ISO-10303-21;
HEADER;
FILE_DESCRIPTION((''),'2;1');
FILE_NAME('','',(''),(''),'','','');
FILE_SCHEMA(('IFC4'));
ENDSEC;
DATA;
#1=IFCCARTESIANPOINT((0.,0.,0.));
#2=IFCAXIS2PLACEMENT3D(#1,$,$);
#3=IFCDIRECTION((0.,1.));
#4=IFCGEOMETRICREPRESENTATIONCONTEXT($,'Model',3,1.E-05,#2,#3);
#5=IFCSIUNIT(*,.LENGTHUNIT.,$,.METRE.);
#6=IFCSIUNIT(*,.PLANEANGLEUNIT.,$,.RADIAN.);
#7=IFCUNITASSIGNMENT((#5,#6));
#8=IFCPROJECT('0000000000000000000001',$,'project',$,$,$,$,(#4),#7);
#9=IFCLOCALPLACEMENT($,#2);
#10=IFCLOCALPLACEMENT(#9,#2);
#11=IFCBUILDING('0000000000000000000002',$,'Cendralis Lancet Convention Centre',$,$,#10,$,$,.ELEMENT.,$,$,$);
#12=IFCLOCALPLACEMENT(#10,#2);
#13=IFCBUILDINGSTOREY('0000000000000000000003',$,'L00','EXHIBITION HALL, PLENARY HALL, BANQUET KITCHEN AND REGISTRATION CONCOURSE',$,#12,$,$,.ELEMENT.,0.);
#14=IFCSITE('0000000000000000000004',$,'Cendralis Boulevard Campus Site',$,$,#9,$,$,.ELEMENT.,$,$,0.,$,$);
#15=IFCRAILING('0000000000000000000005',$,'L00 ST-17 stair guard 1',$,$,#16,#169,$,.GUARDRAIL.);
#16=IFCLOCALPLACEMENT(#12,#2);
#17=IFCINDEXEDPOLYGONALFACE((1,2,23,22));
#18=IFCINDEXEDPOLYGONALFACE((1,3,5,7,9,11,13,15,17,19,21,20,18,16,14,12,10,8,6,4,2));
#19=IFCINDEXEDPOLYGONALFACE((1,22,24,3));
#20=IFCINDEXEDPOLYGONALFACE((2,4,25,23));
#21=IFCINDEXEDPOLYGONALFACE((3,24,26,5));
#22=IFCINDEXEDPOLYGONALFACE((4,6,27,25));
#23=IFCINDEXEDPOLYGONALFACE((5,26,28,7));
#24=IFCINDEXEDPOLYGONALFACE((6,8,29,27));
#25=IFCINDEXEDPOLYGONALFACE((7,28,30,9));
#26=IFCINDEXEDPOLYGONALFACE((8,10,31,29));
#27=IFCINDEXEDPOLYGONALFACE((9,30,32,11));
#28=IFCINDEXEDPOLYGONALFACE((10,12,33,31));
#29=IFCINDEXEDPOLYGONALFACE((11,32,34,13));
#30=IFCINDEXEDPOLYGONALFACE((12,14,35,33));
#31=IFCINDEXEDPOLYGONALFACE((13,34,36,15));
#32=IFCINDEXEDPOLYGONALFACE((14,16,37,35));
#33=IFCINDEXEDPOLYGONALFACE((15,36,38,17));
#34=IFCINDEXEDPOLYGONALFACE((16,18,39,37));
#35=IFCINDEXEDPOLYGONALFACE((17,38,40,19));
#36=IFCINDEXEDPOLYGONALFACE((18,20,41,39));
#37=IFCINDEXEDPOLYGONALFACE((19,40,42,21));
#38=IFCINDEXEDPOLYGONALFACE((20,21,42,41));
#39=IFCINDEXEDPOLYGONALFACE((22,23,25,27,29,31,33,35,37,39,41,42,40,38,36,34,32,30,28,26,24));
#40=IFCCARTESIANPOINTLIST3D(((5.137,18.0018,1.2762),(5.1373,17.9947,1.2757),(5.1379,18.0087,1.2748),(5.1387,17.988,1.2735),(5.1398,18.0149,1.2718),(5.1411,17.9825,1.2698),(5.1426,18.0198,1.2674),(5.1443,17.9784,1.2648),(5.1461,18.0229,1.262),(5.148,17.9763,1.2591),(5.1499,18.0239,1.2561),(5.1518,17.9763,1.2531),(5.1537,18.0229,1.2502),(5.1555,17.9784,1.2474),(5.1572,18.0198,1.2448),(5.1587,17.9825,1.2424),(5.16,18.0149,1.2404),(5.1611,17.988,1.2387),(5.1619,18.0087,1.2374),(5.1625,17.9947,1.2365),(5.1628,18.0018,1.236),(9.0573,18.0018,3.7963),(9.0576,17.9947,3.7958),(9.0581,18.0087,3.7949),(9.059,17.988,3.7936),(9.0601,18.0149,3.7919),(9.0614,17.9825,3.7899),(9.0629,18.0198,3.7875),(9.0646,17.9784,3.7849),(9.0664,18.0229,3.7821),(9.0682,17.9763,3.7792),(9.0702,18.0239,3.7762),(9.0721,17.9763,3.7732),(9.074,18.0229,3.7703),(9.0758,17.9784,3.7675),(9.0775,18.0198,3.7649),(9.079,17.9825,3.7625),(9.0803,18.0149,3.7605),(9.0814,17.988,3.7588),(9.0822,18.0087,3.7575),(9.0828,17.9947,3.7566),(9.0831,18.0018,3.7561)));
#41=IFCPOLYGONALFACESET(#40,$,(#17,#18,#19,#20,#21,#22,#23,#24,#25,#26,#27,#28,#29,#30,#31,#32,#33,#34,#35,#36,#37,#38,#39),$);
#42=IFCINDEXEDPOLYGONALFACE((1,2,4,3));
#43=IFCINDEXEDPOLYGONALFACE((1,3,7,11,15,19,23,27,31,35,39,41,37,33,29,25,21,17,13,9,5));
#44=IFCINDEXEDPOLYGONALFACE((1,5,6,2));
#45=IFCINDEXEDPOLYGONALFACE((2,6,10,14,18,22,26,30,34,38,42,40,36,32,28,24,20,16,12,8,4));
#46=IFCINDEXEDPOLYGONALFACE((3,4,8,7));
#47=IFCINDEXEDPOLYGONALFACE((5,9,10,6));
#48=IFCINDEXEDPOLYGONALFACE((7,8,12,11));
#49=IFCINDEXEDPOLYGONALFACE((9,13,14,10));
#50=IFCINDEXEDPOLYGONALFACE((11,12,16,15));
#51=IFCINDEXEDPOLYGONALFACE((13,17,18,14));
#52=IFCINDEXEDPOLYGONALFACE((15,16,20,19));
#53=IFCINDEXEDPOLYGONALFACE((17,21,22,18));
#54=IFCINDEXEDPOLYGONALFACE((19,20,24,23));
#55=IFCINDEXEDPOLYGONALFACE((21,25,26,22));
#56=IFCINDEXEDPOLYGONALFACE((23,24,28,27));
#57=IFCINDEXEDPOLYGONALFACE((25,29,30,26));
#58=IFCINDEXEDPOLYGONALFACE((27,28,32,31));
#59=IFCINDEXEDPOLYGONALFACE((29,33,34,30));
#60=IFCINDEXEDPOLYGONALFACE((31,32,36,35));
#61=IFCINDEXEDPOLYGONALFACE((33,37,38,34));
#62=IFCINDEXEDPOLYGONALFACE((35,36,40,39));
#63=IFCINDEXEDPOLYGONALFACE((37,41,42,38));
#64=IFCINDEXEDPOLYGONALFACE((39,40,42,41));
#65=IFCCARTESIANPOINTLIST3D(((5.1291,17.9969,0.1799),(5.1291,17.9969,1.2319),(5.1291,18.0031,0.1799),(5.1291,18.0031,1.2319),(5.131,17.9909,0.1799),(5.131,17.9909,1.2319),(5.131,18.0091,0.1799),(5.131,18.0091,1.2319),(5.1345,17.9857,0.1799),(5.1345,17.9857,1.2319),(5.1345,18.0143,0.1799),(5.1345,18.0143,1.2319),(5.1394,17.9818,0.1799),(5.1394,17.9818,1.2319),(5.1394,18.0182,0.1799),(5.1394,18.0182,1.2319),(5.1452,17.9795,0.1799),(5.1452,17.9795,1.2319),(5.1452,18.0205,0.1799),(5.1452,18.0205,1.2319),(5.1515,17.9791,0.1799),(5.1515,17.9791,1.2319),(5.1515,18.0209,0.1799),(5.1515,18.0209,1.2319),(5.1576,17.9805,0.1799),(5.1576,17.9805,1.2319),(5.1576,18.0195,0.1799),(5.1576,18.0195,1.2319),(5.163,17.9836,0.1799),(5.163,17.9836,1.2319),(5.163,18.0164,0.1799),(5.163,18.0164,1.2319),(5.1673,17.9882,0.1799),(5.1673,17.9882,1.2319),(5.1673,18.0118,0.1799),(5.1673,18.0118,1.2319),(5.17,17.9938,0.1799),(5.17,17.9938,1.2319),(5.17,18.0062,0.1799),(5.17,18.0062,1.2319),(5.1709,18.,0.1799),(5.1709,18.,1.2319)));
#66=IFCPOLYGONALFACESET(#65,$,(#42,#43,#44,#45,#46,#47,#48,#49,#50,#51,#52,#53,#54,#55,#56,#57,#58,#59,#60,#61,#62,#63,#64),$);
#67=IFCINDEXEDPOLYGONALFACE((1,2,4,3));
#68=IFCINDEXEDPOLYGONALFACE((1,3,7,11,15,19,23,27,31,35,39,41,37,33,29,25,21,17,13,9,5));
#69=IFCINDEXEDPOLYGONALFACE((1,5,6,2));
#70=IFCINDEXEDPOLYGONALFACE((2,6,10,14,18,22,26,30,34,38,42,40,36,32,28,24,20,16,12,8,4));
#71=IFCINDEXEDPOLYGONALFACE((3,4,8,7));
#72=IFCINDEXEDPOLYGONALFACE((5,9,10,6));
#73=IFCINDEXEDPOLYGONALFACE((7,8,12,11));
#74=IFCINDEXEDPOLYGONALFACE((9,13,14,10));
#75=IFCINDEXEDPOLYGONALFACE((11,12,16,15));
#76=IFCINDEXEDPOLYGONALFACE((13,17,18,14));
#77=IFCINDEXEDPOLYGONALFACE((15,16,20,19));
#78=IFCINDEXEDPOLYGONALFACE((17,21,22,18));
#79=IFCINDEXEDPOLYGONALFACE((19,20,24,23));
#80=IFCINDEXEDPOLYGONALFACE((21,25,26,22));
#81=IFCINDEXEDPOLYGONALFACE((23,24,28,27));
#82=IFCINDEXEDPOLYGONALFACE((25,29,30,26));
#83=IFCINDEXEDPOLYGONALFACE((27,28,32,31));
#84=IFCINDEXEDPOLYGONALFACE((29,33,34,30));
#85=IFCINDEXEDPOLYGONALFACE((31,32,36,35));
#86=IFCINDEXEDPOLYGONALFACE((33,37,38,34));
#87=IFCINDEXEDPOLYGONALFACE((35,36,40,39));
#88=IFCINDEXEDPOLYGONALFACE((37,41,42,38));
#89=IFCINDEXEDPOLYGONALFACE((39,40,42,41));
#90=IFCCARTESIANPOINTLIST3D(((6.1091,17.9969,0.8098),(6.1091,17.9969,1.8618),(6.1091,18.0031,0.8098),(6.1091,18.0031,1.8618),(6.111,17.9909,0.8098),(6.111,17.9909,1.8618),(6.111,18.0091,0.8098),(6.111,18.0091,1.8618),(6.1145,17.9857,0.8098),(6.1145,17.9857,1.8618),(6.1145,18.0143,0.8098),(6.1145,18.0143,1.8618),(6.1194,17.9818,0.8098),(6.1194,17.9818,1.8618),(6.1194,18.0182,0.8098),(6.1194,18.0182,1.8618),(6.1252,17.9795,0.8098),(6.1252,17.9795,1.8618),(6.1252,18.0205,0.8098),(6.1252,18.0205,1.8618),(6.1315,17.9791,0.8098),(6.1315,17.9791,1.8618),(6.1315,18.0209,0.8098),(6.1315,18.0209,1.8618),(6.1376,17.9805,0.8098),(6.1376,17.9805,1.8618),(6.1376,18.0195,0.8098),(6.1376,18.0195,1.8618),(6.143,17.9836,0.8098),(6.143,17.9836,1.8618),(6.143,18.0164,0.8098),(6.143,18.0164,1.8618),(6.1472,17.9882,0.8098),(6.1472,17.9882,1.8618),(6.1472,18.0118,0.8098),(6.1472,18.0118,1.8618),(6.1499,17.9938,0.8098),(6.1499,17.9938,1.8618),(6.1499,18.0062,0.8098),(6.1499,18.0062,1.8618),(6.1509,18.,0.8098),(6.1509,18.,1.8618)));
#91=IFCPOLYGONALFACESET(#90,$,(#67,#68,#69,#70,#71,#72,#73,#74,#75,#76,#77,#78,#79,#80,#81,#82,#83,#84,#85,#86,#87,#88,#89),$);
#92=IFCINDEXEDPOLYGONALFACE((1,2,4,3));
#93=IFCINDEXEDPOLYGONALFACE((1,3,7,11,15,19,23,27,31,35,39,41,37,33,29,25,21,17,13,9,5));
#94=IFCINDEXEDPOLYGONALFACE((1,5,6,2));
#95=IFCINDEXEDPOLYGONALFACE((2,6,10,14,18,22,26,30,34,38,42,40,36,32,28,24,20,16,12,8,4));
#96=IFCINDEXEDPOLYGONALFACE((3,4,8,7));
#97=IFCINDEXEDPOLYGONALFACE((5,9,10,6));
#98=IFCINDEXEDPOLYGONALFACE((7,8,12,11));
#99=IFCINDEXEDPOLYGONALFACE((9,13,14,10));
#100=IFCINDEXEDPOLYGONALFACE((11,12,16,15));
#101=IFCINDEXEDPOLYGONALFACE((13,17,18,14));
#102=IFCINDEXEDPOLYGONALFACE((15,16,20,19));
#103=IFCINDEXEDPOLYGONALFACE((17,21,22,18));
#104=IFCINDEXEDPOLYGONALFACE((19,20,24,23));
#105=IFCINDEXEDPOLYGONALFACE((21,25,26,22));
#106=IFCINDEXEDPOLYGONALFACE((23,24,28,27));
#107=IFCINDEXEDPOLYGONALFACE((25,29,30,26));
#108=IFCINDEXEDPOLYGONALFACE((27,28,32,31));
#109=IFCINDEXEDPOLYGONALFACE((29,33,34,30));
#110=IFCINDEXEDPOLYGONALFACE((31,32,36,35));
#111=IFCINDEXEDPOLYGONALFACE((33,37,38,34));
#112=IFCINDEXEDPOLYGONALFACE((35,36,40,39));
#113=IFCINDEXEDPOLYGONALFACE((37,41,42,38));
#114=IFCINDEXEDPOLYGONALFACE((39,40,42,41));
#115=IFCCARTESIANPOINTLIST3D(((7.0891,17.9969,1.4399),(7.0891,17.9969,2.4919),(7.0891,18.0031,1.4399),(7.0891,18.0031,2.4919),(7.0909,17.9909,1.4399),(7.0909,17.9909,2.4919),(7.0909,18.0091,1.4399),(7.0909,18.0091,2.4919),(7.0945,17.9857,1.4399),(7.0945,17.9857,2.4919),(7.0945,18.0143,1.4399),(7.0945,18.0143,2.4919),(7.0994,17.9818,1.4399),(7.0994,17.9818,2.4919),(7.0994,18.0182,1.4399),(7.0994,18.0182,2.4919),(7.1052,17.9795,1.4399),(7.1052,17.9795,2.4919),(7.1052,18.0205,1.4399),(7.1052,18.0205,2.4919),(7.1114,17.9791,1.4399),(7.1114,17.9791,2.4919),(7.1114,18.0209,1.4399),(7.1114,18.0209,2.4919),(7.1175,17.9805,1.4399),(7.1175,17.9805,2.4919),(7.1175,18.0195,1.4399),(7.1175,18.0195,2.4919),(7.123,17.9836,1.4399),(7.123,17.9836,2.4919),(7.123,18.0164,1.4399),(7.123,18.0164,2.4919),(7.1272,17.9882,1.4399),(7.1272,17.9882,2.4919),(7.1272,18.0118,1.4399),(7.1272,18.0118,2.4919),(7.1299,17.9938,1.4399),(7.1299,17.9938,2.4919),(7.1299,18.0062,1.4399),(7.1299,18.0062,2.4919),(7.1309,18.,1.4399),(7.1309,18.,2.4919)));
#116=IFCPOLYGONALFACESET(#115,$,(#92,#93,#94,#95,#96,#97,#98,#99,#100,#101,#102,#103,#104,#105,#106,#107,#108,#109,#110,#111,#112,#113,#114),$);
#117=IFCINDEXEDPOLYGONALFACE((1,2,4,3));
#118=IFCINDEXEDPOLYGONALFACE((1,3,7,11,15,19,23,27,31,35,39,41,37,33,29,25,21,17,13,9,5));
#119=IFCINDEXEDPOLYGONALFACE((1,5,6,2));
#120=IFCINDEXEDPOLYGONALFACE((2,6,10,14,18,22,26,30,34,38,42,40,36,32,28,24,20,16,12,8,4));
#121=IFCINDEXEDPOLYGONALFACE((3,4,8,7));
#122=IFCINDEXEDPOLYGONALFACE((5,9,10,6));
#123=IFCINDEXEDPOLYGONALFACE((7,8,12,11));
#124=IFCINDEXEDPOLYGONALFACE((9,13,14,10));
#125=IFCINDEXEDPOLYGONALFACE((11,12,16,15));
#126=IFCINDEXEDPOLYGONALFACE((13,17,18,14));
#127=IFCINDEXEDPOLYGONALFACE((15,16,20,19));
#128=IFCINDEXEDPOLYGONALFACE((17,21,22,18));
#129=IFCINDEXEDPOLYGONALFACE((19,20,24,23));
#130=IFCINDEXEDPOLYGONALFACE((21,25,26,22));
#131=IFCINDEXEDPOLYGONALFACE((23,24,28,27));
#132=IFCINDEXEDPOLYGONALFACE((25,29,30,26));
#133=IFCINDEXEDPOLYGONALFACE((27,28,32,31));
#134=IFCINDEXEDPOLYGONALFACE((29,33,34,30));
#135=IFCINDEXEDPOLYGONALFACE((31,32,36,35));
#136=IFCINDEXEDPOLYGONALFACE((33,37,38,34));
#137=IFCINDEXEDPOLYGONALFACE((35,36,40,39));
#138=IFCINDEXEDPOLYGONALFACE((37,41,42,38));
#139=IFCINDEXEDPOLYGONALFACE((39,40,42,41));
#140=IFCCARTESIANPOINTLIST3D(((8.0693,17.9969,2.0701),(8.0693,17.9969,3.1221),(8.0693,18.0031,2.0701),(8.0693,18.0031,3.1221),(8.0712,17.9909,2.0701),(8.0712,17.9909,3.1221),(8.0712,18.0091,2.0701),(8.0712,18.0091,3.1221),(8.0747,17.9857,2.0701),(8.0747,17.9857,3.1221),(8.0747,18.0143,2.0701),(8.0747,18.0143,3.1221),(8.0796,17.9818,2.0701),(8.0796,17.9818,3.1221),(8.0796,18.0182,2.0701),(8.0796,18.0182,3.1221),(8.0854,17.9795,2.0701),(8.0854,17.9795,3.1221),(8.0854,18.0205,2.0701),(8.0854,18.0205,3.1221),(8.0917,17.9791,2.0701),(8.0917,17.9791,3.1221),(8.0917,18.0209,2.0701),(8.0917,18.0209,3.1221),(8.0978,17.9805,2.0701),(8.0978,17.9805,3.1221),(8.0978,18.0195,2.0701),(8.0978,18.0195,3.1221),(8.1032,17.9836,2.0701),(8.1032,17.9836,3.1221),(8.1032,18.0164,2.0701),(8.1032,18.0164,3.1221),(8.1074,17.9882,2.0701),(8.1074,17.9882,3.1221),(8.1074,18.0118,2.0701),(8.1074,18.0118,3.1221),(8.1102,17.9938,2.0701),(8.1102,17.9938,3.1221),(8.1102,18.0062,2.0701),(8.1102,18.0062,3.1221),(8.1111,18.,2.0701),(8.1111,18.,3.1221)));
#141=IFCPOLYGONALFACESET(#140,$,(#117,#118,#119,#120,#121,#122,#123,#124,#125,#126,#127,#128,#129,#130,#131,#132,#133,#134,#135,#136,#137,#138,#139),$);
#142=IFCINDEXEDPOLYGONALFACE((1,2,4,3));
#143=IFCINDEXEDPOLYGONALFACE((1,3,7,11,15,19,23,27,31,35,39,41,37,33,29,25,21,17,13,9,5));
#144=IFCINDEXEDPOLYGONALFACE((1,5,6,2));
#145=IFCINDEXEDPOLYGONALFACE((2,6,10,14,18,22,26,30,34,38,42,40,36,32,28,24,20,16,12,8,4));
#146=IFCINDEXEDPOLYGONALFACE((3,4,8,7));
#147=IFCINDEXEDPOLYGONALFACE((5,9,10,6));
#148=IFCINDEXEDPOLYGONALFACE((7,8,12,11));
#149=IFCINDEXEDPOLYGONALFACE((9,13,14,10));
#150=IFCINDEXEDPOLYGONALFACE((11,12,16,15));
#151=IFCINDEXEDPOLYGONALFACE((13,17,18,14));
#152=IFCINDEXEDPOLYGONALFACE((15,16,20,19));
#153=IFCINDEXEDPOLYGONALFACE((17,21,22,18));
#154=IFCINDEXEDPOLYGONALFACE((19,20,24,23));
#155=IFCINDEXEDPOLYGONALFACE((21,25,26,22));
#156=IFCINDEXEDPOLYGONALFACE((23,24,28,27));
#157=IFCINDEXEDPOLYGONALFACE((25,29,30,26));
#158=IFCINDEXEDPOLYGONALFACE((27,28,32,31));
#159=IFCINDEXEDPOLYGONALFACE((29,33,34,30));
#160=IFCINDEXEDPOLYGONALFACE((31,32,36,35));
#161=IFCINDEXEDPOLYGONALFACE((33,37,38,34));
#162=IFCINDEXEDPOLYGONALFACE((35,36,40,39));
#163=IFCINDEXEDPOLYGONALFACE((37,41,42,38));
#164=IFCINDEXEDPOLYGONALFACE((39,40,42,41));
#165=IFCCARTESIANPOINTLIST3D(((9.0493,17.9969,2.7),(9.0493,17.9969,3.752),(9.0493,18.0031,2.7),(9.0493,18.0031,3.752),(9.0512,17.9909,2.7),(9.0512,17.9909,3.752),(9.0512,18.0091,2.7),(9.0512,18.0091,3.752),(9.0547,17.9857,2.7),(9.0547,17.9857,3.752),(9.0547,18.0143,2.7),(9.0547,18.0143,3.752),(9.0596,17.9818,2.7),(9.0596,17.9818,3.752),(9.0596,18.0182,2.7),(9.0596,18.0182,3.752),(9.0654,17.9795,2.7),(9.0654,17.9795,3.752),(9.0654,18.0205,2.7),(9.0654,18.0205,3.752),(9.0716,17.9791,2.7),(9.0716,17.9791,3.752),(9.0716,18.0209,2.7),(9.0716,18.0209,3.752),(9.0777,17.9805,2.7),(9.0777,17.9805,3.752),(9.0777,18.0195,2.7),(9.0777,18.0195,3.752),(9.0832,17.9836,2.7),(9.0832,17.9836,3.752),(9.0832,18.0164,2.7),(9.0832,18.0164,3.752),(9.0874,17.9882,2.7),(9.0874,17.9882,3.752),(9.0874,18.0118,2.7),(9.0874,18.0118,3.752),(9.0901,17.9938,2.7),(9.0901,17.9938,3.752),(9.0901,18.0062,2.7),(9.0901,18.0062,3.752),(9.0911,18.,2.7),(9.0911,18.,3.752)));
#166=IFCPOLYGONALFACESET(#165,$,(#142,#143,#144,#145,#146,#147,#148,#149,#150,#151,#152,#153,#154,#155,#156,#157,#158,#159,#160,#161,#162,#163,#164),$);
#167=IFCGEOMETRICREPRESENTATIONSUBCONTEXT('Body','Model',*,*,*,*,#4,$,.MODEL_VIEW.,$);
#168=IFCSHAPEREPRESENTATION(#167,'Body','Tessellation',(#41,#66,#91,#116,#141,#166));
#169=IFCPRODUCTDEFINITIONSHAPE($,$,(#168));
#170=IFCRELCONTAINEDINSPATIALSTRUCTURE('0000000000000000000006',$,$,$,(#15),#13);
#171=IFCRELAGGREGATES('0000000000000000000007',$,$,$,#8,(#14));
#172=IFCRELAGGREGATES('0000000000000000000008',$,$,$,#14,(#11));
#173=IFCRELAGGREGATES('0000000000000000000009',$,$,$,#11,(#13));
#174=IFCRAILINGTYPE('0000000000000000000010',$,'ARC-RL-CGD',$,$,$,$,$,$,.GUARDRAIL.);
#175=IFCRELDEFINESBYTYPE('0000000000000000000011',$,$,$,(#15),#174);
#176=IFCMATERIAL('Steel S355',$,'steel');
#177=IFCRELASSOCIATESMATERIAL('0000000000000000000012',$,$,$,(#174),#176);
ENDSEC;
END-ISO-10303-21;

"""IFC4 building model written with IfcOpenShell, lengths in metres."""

from ifc_helpers import new_model, si_unit, direction, frame, origin, origin_2d, place, context, subcontext, project, spatial, circle, extrude, material, type_object, element, save


model = new_model("IFC4")

# Units and contexts
model_context = context("Model", 3, precision=1e-05, world=origin(), true_north=direction((0.0, 1.0)))
body_context = subcontext(model_context, "Body", "Model", "MODEL_VIEW")
ifc_project = project(units=[si_unit("LENGTHUNIT", "METRE"), si_unit("PLANEANGLEUNIT", "RADIAN")], contexts=[model_context])

# Site, building, storey
site_placement = place(None, origin())
site = spatial("IfcSite", under=ifc_project, at=site_placement, Name="Cendralis Boulevard Campus Site", CompositionType="ELEMENT", RefElevation=0.0)
building_placement = place(site_placement, origin())
building = spatial("IfcBuilding", under=site, at=building_placement, Name="Cendralis Lancet Convention Centre", CompositionType="ELEMENT")
storey_placement = place(building_placement, origin())
storey = spatial("IfcBuildingStorey", under=building, at=storey_placement, Name="L00", Description="EXHIBITION HALL, PLENARY HALL, BANQUET KITCHEN AND REGISTRATION CONCOURSE", CompositionType="ELEMENT", Elevation=0.0)

# Shared definitions
ifc_material_1 = material(Name="Steel S355", Category="steel")

# Railing
railing_type_1 = type_object("IfcRailingType", Name="ARC-RL-CGD", PredefinedType="GUARDRAIL", material=ifc_material_1)
railing_1_placement = place(storey_placement, frame((5.1499, 18.0, 0.1799)))
element("IfcRailing", 1, at=railing_1_placement, inside=storey, type_object=railing_type_1, Name="L00 ST-17 stair guard 1", PredefinedType="GUARDRAIL", context=body_context, shape_type="SweptSolid", body=[
    extrude(circle(Radius=0.0239, at=origin_2d()), frame((0.0, 0.0, 1.0762), z_axis=(0.841187, 0.0, 0.540744), x_axis=(0.0, 1.0, 0.0)), (0.0, 0.0, 1.0), 4.6604),
    extrude(circle(Radius=0.021, at=origin_2d()), origin(), (0.0, 0.0, 1.0), 1.052),
    extrude(circle(Radius=0.021, at=origin_2d()), frame((0.98, 0.0, 0.6299)), (0.0, 0.0, 1.0), 1.052),
    extrude(circle(Radius=0.021, at=origin_2d()), frame((1.96, 0.0, 1.26)), (0.0, 0.0, 1.0), 1.052),
    extrude(circle(Radius=0.021, at=origin_2d()), frame((2.9402, 0.0, 1.8901)), (0.0, 0.0, 1.0), 1.052),
    extrude(circle(Radius=0.021, at=origin_2d()), frame((3.9202, 0.0, 2.52)), (0.0, 0.0, 1.0), 1.052),
])

save(model, "model.ifc")
